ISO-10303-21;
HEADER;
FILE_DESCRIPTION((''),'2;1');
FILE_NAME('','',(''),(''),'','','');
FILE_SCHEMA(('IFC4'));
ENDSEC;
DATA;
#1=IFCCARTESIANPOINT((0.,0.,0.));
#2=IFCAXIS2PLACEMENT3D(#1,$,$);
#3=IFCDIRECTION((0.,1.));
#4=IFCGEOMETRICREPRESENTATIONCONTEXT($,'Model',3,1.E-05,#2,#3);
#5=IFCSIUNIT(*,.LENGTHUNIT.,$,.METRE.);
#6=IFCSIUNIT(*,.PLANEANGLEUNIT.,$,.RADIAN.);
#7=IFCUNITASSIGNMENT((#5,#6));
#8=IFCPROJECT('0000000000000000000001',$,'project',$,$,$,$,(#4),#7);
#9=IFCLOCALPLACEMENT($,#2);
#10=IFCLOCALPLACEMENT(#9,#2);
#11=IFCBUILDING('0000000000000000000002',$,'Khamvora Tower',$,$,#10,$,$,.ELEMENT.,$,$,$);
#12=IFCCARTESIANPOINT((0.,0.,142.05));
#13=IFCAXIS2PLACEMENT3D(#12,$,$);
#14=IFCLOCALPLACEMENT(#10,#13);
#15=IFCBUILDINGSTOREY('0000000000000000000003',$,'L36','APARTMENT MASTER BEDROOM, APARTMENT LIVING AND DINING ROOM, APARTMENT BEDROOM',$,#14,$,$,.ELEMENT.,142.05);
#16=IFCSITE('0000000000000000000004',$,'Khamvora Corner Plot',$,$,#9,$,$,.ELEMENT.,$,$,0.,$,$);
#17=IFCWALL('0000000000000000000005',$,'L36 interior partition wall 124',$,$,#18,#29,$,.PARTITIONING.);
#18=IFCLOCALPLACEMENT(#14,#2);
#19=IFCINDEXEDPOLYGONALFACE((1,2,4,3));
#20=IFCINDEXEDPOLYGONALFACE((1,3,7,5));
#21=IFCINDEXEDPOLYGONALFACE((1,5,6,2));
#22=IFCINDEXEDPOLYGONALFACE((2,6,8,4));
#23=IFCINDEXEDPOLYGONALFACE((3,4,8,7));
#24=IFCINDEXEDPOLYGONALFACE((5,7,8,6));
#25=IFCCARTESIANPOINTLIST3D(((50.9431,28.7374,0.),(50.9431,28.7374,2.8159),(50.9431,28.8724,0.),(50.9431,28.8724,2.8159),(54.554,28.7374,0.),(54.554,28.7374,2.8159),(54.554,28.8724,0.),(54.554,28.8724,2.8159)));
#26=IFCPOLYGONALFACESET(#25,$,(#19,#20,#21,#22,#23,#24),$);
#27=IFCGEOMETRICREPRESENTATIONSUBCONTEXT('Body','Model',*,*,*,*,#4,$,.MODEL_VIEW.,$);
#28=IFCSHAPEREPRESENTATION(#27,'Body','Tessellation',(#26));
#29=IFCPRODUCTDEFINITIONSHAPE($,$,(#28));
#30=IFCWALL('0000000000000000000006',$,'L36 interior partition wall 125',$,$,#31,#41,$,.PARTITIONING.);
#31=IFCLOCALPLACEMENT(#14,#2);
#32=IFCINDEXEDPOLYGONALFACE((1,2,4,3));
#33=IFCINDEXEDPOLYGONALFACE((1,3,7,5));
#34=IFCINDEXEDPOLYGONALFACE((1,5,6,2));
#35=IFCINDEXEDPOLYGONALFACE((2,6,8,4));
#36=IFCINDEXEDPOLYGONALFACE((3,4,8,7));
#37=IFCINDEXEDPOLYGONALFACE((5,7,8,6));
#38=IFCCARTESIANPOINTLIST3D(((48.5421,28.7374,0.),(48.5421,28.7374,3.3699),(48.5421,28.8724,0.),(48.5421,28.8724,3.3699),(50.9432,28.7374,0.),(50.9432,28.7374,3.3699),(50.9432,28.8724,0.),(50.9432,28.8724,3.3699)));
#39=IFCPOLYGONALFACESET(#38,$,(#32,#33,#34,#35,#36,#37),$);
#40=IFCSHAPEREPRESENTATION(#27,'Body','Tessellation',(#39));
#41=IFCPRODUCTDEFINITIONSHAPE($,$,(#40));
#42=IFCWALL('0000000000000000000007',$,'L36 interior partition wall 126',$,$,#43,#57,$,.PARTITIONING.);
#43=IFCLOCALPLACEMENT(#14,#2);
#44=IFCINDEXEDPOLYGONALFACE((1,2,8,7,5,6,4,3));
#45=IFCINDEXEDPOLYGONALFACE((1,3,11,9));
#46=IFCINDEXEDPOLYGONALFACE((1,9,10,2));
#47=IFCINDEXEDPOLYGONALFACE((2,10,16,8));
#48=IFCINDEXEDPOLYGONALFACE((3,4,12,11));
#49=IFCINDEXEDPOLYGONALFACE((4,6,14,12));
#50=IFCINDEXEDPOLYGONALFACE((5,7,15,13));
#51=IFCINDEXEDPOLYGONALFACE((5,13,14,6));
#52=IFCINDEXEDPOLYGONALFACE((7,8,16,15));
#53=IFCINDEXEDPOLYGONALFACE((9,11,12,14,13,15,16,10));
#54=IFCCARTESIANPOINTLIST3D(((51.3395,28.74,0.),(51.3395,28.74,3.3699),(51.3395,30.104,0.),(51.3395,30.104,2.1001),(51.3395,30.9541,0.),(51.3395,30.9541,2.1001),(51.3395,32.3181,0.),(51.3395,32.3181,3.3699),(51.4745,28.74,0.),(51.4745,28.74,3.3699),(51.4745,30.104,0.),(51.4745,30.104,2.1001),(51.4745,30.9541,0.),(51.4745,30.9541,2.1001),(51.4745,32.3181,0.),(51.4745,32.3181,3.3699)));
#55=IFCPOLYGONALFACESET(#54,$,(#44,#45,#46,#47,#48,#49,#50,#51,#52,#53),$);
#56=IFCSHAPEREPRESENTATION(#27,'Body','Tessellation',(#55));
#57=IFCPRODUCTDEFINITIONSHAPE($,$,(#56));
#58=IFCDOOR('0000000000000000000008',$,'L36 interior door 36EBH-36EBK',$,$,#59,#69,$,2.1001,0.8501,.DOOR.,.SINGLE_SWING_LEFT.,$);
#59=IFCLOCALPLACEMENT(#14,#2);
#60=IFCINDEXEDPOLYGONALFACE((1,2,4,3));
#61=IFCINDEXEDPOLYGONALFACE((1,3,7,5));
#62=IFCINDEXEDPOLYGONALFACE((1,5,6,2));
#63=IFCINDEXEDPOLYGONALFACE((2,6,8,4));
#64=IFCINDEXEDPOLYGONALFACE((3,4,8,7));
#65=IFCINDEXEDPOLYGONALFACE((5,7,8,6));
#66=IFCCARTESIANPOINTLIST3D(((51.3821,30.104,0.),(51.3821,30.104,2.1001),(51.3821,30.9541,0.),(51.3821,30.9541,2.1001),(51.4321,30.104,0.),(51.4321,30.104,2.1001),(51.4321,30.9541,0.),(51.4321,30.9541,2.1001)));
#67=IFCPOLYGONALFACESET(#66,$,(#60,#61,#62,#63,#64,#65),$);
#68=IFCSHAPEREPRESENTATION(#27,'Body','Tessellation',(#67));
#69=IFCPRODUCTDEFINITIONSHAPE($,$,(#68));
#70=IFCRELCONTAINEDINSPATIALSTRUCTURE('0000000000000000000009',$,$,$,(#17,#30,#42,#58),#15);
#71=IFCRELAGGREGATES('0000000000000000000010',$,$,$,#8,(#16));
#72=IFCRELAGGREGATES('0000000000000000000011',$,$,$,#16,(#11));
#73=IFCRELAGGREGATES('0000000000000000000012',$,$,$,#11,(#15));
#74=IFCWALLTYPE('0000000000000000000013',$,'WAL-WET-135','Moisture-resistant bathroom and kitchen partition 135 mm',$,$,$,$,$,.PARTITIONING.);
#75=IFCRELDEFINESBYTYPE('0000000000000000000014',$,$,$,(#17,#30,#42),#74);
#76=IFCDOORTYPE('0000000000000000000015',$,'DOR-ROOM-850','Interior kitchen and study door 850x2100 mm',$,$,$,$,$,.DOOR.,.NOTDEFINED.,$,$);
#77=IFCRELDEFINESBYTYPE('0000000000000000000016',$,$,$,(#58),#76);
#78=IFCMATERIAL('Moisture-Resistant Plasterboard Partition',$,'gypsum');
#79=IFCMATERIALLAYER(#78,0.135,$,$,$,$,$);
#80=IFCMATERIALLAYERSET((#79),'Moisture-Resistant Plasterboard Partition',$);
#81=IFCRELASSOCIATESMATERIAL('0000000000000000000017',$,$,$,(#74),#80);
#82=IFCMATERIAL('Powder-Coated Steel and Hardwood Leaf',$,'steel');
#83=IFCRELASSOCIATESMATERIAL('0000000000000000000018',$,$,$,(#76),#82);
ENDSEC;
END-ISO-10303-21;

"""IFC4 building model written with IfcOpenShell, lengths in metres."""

from ifc_helpers import new_model, si_unit, direction, frame, frame_2d, origin, place, context, subcontext, project, spatial, rectangle, extrude, material, layer, layer_set, type_object, element, fill, save


model = new_model("IFC4")

# Units and contexts
model_context = context("Model", 3, precision=1e-05, world=origin(), true_north=direction((0.0, 1.0)))
body_context = subcontext(model_context, "Body", "Model", "MODEL_VIEW")
ifc_project = project(units=[si_unit("LENGTHUNIT", "METRE"), si_unit("PLANEANGLEUNIT", "RADIAN")], contexts=[model_context])

# Site, building, storey
site_placement = place(None, origin())
site = spatial("IfcSite", under=ifc_project, at=site_placement, Name="Khamvora Corner Plot", CompositionType="ELEMENT", RefElevation=0.0)
building_placement = place(site_placement, origin())
building = spatial("IfcBuilding", under=site, at=building_placement, Name="Khamvora Tower", CompositionType="ELEMENT")
storey_placement = place(building_placement, frame((0.0, 0.0, 142.05)))
storey = spatial("IfcBuildingStorey", under=building, at=storey_placement, Name="L36", Description="APARTMENT MASTER BEDROOM, APARTMENT LIVING AND DINING ROOM, APARTMENT BEDROOM", CompositionType="ELEMENT", Elevation=142.05)

# Shared definitions
ifc_material_1 = material(Name="Powder-Coated Steel and Hardwood Leaf", Category="steel")

# Walls
ifc_material_2 = material(Name="Moisture-Resistant Plasterboard Partition", Category="gypsum")
ifc_layer_1 = layer(ifc_material_2, 0.135)
ifc_layer_set_1 = layer_set([ifc_layer_1], Name="Moisture-Resistant Plasterboard Partition")
wall_type_1 = type_object("IfcWallType", Name="WAL-WET-135", Description="Moisture-resistant bathroom and kitchen partition 135 mm", PredefinedType="PARTITIONING", material=ifc_layer_set_1)
wall_1_placement = place(storey_placement, frame((50.9431, 28.8049, 0.0), z_axis=(0.0, 0.0, 1.0), x_axis=(1.0, 0.0, 0.0)))
element("IfcWall", 1, at=wall_1_placement, inside=storey, type_object=wall_type_1, Name="L36 interior partition wall 124", PredefinedType="PARTITIONING", context=body_context, shape_type="SweptSolid", body=[
    extrude(rectangle(XDim=3.6108, YDim=0.135, at=frame_2d((1.8054, 0.0))), origin(), (0.0, 0.0, 1.0), 2.8159),
])
wall_2_placement = place(storey_placement, frame((48.542, 28.8049, 0.0), z_axis=(0.0, 0.0, 1.0), x_axis=(1.0, 0.0, 0.0)))
element("IfcWall", 2, at=wall_2_placement, inside=storey, type_object=wall_type_1, Name="L36 interior partition wall 125", PredefinedType="PARTITIONING", context=body_context, shape_type="SweptSolid", body=[
    extrude(rectangle(XDim=2.4011, YDim=0.135, at=frame_2d((1.2007, 0.0))), origin(), (0.0, 0.0, 1.0), 3.3699),
])

# Wall, opening, door
wall_3_placement = place(storey_placement, frame((51.407, 28.74, 0.0), z_axis=(0.0, 0.0, 1.0), x_axis=(0.0, 1.0, 0.0)))
wall_3 = element("IfcWall", 3, at=wall_3_placement, inside=storey, type_object=wall_type_1, Name="L36 interior partition wall 126", PredefinedType="PARTITIONING", context=body_context, shape_type="SweptSolid", body=[
    extrude(rectangle(XDim=3.5781, YDim=0.135, at=frame_2d((1.7891, 0.0))), origin(), (0.0, 0.0, 1.0), 3.3699),
])
opening_1_placement = place(wall_3_placement, frame((1.364, 0.0, 0.0)))
opening_1 = element("IfcOpeningElement", 4, at=opening_1_placement, cuts=wall_3, PredefinedType="OPENING", context=body_context, shape_type="SweptSolid", body=[
    extrude(rectangle(XDim=0.8501, YDim=2.1001, at=frame_2d((0.425, 1.05))), frame((0.0, 0.0774, 0.0), z_axis=(0.0, -1.0, 0.0), x_axis=(1.0, 0.0, 0.0)), (0.0, 0.0, 1.0), 0.155),
])
door_type_1 = type_object("IfcDoorType", Name="DOR-ROOM-850", Description="Interior kitchen and study door 850x2100 mm", OperationType="NOTDEFINED", PredefinedType="DOOR", material=ifc_material_1)
door_1_placement = place(opening_1_placement, origin())
door_1 = element("IfcDoor", 5, at=door_1_placement, inside=storey, type_object=door_type_1, Name="L36 interior door 36EBH-36EBK", OperationType="SINGLE_SWING_LEFT", OverallHeight=2.1001, OverallWidth=0.8501, PredefinedType="DOOR", context=body_context, shape_type="SweptSolid", body=[
    extrude(rectangle(XDim=0.8501, YDim=2.1001, at=frame_2d((0.425, 1.05))), frame((0.0, 0.0249, 0.0), z_axis=(0.0, -1.0, 0.0), x_axis=(1.0, 0.0, 0.0)), (0.0, 0.0, 1.0), 0.05),
])
fill(opening_1, door_1)

save(model, "model.ifc")
